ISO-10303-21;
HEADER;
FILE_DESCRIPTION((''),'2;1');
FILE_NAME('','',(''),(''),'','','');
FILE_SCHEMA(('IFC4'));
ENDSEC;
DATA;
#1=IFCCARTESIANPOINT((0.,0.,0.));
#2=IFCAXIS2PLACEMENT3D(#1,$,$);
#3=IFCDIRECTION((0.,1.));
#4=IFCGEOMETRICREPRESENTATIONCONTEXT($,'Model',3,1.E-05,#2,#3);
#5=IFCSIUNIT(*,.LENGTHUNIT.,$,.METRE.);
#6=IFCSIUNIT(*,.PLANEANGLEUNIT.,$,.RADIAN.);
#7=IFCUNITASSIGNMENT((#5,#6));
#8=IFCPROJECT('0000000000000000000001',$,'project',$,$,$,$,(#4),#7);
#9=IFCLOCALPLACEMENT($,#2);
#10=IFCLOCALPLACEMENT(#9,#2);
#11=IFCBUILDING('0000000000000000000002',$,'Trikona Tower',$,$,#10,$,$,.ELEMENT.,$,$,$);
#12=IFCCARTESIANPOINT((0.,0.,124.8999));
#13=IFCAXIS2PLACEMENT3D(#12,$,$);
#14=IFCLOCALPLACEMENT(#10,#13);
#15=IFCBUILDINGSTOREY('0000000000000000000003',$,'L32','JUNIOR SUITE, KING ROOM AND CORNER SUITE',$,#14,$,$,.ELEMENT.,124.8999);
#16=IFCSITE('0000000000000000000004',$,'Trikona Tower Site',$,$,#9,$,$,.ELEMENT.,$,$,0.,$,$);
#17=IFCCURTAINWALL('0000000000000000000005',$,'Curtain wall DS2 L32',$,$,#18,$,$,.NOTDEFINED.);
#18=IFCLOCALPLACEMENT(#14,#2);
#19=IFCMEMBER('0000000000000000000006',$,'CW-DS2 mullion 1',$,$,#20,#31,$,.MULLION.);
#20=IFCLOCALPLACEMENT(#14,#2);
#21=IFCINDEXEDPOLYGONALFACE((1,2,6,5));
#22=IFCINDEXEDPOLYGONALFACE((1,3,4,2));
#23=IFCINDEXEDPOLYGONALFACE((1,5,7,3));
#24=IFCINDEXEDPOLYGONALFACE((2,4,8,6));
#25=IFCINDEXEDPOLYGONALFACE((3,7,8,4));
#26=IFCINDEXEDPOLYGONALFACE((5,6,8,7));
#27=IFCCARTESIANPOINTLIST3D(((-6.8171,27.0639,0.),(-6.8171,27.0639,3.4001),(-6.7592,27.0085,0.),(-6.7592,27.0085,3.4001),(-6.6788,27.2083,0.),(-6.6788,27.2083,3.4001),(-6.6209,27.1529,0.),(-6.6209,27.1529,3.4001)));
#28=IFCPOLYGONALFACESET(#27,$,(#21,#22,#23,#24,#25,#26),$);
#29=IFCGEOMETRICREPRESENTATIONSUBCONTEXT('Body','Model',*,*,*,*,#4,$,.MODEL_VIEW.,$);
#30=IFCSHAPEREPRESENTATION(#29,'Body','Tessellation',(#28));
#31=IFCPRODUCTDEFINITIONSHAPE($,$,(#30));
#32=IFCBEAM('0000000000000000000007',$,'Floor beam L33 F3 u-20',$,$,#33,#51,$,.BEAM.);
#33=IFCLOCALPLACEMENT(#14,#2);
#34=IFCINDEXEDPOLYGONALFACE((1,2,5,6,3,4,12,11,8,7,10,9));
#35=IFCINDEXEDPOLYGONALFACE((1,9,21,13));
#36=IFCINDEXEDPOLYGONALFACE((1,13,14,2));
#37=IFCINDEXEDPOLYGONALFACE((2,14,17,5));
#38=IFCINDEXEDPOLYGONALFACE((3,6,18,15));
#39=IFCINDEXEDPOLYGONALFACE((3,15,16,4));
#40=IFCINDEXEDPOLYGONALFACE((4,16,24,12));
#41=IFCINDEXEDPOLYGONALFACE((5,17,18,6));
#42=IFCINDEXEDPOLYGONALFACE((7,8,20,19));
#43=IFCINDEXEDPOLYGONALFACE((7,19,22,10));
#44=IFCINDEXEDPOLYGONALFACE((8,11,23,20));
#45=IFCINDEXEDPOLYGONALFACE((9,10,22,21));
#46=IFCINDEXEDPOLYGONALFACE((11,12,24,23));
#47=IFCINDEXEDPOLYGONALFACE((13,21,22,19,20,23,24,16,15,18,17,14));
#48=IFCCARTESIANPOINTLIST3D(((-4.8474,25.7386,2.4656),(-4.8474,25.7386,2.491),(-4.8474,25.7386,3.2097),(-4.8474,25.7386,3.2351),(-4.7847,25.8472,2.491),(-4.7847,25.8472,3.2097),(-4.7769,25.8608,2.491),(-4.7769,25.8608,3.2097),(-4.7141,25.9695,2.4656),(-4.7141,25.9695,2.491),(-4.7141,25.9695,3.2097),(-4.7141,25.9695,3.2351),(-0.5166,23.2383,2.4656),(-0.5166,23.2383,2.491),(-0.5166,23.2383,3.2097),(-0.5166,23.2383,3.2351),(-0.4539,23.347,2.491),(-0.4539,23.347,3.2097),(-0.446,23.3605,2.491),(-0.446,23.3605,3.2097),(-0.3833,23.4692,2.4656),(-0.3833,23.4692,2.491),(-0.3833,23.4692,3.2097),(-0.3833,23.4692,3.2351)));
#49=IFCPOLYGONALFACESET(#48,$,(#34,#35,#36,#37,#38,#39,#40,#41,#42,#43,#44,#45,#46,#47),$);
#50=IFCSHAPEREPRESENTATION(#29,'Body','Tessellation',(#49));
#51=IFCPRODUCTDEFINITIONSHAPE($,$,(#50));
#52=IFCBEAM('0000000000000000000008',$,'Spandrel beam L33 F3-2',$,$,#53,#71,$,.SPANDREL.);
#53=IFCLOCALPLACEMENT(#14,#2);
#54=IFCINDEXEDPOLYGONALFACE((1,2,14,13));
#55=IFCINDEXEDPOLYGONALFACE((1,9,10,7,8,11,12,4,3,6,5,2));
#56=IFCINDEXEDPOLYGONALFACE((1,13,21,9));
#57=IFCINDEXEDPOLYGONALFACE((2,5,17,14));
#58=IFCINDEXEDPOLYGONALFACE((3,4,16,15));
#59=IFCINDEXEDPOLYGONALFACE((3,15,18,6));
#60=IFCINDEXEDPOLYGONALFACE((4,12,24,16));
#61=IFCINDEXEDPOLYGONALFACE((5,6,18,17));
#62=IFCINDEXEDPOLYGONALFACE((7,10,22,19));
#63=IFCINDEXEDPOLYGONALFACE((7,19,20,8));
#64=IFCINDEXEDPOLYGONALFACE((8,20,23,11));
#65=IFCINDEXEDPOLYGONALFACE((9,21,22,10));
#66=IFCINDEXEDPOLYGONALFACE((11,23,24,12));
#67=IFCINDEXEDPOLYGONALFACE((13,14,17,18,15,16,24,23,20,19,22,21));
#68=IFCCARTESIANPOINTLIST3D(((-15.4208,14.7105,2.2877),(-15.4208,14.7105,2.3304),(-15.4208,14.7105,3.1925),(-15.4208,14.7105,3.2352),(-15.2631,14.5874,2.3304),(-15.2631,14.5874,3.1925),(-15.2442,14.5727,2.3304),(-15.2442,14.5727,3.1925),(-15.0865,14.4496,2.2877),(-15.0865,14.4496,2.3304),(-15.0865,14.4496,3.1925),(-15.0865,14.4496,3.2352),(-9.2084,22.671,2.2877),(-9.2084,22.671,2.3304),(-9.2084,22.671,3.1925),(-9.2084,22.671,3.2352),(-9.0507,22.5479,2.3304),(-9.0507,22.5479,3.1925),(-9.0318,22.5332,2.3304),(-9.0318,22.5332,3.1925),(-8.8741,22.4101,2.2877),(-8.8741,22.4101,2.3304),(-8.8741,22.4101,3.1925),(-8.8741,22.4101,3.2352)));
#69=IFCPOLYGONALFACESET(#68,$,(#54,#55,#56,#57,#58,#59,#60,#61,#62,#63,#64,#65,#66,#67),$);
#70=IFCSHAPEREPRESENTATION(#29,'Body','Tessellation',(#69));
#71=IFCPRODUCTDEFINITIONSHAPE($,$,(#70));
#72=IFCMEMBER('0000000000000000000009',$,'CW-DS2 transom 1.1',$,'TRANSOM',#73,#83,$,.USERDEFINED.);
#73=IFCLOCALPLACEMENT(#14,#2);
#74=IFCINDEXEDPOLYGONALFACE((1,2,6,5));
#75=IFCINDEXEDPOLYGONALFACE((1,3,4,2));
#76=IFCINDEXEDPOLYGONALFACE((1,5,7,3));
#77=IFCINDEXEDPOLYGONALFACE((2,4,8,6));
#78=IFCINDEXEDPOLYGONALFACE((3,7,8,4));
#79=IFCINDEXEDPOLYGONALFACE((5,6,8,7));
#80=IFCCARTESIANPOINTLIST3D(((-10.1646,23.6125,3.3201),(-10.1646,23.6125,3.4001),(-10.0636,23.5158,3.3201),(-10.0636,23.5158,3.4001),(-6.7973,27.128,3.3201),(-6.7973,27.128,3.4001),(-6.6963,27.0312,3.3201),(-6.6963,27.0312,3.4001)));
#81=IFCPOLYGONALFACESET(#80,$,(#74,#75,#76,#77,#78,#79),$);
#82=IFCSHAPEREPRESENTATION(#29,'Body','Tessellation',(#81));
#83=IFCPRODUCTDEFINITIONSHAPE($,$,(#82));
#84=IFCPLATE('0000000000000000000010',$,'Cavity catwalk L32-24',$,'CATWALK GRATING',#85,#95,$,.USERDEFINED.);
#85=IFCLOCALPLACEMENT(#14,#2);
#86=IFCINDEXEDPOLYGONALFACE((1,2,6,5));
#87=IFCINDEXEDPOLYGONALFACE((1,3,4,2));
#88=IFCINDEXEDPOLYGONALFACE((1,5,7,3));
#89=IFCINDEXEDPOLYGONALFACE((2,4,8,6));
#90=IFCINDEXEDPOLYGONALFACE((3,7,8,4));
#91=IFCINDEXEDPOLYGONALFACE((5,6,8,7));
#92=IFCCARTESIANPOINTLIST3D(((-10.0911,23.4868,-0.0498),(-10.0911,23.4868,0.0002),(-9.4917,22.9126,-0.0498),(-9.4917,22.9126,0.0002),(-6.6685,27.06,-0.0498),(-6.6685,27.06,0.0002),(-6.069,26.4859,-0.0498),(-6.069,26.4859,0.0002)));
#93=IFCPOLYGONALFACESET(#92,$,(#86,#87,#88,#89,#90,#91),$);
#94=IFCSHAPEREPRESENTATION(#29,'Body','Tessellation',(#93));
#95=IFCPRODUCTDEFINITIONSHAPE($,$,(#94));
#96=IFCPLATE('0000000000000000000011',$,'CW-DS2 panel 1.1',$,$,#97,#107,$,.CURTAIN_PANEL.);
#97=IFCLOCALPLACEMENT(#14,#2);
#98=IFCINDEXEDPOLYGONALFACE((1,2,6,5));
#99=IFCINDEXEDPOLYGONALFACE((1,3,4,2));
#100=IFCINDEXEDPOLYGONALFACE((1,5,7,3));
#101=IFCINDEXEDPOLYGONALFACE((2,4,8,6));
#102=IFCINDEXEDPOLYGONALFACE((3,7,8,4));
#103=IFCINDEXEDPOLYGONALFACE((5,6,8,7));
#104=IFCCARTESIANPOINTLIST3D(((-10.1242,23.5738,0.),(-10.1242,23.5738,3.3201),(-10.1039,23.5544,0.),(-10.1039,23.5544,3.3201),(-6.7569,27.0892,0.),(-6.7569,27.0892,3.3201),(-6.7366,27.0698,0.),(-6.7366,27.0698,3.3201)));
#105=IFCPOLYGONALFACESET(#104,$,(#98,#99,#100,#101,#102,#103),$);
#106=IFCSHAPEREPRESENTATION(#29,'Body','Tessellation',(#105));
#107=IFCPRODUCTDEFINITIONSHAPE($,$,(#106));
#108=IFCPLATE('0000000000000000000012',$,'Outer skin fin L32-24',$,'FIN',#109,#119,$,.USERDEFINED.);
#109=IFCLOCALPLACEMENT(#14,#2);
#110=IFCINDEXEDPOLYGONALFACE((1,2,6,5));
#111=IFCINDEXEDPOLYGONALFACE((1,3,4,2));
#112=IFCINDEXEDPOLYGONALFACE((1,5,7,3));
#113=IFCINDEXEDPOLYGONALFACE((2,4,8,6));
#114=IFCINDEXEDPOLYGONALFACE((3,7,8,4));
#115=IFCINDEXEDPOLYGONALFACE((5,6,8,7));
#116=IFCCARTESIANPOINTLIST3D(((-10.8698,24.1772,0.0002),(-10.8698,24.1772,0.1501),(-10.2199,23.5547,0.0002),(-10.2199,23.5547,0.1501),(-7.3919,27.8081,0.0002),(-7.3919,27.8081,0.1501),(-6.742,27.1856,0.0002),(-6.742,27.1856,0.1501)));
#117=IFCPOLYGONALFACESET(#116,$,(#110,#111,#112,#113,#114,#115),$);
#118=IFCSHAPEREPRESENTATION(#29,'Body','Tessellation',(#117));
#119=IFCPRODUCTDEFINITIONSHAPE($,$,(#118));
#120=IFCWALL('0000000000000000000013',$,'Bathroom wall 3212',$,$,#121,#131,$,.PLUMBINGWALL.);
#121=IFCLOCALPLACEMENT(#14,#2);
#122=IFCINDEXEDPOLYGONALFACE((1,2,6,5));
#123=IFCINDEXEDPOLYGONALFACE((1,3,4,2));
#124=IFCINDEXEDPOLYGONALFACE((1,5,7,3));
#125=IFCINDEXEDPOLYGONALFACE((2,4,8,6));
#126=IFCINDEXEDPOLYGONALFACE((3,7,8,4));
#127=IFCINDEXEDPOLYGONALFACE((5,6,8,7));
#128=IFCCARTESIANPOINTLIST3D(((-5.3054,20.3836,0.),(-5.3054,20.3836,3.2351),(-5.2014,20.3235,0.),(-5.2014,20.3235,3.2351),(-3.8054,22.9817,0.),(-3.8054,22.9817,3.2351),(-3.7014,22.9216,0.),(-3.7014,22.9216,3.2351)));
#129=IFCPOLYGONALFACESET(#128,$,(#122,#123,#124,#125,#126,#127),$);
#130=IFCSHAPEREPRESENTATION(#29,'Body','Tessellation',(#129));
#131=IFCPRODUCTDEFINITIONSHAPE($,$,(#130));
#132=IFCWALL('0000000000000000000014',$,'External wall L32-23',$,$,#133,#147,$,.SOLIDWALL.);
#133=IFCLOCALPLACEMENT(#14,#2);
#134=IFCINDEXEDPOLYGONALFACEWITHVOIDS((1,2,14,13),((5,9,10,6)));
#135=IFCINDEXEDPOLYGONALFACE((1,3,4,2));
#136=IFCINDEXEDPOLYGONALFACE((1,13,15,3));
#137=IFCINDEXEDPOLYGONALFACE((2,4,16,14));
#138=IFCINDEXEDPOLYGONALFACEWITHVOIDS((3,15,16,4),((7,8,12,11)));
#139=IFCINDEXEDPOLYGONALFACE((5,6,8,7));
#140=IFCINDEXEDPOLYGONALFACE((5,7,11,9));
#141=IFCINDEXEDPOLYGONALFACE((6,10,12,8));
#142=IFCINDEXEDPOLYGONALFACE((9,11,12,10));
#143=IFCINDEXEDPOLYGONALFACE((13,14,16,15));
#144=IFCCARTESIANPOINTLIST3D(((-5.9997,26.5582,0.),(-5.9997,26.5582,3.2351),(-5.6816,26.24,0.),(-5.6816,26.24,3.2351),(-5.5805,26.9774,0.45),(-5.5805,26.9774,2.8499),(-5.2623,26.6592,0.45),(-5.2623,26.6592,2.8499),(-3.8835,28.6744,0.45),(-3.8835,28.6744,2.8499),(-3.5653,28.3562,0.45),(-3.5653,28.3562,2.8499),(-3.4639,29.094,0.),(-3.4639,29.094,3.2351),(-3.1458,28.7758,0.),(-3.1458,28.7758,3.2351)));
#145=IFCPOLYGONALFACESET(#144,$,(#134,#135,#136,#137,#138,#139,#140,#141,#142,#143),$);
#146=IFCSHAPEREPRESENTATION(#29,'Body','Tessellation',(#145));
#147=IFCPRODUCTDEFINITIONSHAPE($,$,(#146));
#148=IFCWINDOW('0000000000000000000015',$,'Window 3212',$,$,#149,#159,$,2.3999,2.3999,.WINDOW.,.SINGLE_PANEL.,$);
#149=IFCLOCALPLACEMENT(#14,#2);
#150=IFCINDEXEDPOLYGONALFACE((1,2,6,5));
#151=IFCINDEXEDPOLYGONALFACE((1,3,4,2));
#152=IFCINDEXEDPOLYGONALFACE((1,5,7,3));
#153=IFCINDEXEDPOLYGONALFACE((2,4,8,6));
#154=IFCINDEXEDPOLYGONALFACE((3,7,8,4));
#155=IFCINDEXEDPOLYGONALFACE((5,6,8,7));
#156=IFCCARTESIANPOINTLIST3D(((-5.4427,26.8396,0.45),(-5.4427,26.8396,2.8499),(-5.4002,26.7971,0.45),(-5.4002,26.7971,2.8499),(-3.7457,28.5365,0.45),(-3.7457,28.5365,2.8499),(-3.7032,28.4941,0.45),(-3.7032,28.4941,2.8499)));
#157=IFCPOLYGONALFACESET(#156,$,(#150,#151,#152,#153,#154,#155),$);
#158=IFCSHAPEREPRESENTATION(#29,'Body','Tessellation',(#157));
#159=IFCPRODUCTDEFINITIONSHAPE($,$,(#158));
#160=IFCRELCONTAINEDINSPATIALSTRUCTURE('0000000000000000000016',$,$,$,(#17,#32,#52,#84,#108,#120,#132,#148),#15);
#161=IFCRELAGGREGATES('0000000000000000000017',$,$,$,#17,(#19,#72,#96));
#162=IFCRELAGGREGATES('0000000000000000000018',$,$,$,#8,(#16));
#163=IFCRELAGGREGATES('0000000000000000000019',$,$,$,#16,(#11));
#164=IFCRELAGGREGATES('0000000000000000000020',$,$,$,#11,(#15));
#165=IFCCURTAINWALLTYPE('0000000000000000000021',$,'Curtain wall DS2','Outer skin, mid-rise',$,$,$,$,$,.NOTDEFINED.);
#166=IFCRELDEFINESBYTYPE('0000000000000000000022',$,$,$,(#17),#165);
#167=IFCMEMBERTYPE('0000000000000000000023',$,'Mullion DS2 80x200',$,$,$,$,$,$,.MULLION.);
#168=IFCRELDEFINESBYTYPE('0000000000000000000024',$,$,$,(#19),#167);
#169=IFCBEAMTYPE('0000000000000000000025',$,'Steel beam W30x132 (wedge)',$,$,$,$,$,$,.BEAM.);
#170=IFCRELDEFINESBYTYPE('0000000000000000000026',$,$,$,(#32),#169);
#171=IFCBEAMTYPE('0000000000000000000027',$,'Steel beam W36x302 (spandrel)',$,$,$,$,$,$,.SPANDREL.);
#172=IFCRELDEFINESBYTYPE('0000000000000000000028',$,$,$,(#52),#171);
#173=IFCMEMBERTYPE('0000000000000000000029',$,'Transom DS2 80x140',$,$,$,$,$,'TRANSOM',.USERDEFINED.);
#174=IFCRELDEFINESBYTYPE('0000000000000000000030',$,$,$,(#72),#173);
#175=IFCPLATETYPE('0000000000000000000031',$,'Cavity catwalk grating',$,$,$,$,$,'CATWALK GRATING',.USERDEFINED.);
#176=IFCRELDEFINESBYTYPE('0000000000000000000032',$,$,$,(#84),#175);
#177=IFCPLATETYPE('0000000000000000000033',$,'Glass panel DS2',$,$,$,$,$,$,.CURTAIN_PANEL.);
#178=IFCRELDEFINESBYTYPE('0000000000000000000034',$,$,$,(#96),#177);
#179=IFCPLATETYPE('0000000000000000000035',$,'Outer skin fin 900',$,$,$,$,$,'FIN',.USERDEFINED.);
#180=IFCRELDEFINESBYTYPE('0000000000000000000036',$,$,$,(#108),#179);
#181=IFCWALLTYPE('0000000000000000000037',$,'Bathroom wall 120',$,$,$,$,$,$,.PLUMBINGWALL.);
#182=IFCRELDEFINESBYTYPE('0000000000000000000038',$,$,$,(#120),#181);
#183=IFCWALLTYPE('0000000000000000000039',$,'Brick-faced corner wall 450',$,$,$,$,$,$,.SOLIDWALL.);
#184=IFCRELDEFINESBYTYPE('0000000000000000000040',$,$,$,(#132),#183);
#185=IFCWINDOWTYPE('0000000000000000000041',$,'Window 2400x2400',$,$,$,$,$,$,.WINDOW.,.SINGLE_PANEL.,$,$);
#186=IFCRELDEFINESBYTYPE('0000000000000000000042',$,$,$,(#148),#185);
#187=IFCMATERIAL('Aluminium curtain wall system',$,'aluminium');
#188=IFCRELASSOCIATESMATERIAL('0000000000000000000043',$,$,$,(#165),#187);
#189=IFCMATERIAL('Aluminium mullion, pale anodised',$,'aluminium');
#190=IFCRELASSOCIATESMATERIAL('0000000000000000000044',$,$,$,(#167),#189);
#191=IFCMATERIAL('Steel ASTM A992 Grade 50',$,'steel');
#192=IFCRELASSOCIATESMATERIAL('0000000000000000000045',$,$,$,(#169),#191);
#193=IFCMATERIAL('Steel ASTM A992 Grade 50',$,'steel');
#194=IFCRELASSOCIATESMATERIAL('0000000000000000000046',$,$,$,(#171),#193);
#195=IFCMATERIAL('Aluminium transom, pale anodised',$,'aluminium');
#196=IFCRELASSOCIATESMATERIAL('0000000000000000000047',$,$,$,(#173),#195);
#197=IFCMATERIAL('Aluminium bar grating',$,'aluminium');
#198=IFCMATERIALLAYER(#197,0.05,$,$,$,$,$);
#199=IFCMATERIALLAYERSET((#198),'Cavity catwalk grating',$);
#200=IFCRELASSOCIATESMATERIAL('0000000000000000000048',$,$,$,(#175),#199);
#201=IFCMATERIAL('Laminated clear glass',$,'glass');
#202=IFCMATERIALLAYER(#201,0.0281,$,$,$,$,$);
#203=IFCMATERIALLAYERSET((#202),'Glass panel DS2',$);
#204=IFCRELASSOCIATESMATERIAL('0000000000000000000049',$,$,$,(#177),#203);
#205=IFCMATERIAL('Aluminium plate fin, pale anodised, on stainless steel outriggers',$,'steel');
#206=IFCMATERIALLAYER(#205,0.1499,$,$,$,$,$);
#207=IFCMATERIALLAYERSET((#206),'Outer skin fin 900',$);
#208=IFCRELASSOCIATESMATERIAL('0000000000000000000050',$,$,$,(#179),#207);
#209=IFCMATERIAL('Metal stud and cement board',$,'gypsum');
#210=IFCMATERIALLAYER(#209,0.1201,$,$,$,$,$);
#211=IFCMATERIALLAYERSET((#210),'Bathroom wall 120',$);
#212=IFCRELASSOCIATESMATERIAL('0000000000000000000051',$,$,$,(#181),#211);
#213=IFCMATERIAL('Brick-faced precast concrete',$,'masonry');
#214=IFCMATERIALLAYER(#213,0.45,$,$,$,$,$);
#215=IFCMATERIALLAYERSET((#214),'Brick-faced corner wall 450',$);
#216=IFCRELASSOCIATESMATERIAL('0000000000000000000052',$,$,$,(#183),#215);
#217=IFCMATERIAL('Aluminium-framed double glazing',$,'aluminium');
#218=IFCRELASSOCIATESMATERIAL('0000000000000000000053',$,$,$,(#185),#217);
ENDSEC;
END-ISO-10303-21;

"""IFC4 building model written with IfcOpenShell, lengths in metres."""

from ifc_helpers import new_model, si_unit, direction, frame, frame_2d, origin, origin_2d, place, context, subcontext, project, spatial, rectangle, i_section, extrude, material, layer, layer_set, material_profile, profile_set, type_object, element, fill, aggregate, save


model = new_model("IFC4")

# Units and contexts
model_context = context("Model", 3, precision=1e-05, world=origin(), true_north=direction((0.0, 1.0)))
body_context = subcontext(model_context, "Body", "Model", "MODEL_VIEW")
ifc_project = project(units=[si_unit("LENGTHUNIT", "METRE"), si_unit("PLANEANGLEUNIT", "RADIAN")], contexts=[model_context])

# Site, building, storey
site_placement = place(None, origin())
site = spatial("IfcSite", under=ifc_project, at=site_placement, Name="Trikona Tower Site", CompositionType="ELEMENT", RefElevation=0.0)
building_placement = place(site_placement, origin())
building = spatial("IfcBuilding", under=site, at=building_placement, Name="Trikona Tower", CompositionType="ELEMENT")
storey_placement = place(building_placement, frame((0.0, 0.0, 124.8999)))
storey = spatial("IfcBuildingStorey", under=building, at=storey_placement, Name="L32", Description="JUNIOR SUITE, KING ROOM AND CORNER SUITE", CompositionType="ELEMENT", Elevation=124.8999)

# Curtain wall, member
ifc_material_1 = material(Name="Aluminium curtain wall system", Category="aluminium")
curtain_wall_type = type_object("IfcCurtainWallType", Name="Curtain wall DS2", Description="Outer skin, mid-rise", PredefinedType="NOTDEFINED", material=ifc_material_1)
curtain_wall_placement = place(storey_placement, origin())
curtain_wall = element("IfcCurtainWall", 1, at=curtain_wall_placement, inside=storey, type_object=curtain_wall_type, Name="Curtain wall DS2 L32", PredefinedType="NOTDEFINED")
ifc_material_2 = material(Name="Aluminium mullion, pale anodised", Category="aluminium")
ifc_material_profile_1 = material_profile(ifc_material_2, rectangle(XDim=0.0801, YDim=0.2, at=origin_2d()), Name="MUL-DS2")
ifc_profile_set_1 = profile_set([ifc_material_profile_1], Name="Aluminium mullion, pale anodised")
member_type_1 = type_object("IfcMemberType", Name="Mullion DS2 80x200", PredefinedType="MULLION", material=ifc_profile_set_1)
member_1_placement = place(storey_placement, frame((-6.719, 27.1084, 0.0), z_axis=(0.0, 0.0, 1.0), x_axis=(0.722158, -0.691728, 0.0)))
member_1 = element("IfcMember", 2, at=member_1_placement, type_object=member_type_1, Name="CW-DS2 mullion 1", PredefinedType="MULLION", context=body_context, shape_type="SweptSolid", body=[
    extrude(rectangle(XDim=0.0801, YDim=0.2, at=origin_2d()), origin(), (0.0, 0.0, 1.0), 3.4001),
])

# Beams
ifc_material_3 = material(Name="Steel ASTM A992 Grade 50", Category="steel")
ifc_material_profile_2 = material_profile(ifc_material_3, i_section(OverallWidth=0.2666, OverallDepth=0.7695, WebThickness=0.0156, FlangeThickness=0.0254, at=origin_2d()), Name="W30X132")
ifc_profile_set_2 = profile_set([ifc_material_profile_2], Name="Steel ASTM A992 Grade 50")
beam_type_1 = type_object("IfcBeamType", Name="Steel beam W30x132 (wedge)", PredefinedType="BEAM", material=ifc_profile_set_2)
beam_1_placement = place(storey_placement, frame((-0.45, 23.3538, 2.8503), z_axis=(-0.866038, 0.499977, 0.0), x_axis=(-0.499977, -0.866038, 0.0)))
element("IfcBeam", 3, at=beam_1_placement, inside=storey, type_object=beam_type_1, Name="Floor beam L33 F3 u-20", PredefinedType="BEAM", context=body_context, shape_type="SweptSolid", body=[
    extrude(i_section(OverallWidth=0.2666, OverallDepth=0.7695, WebThickness=0.0156, FlangeThickness=0.0254, at=origin_2d()), origin(), (0.0, 0.0, 1.0), 5.0007),
])
ifc_material_4 = material(Name="Steel ASTM A992 Grade 50", Category="steel")
ifc_material_profile_3 = material_profile(ifc_material_4, i_section(OverallWidth=0.4241, OverallDepth=0.9475, WebThickness=0.0239, FlangeThickness=0.0427, at=origin_2d()), Name="W36X302")
ifc_profile_set_3 = profile_set([ifc_material_profile_3], Name="Steel ASTM A992 Grade 50")
beam_type_2 = type_object("IfcBeamType", Name="Steel beam W36x302 (spandrel)", PredefinedType="SPANDREL", material=ifc_profile_set_3)
beam_2_placement = place(storey_placement, frame((-9.0413, 22.5405, 2.7615), z_axis=(-0.615232, -0.788346, 0.0), x_axis=(0.788346, -0.615232, 0.0)))
element("IfcBeam", 4, at=beam_2_placement, inside=storey, type_object=beam_type_2, Name="Spandrel beam L33 F3-2", PredefinedType="SPANDREL", context=body_context, shape_type="SweptSolid", body=[
    extrude(i_section(OverallWidth=0.4241, OverallDepth=0.9475, WebThickness=0.0239, FlangeThickness=0.0427, at=origin_2d()), origin(), (0.0, 0.0, 1.0), 10.0977),
])

# Member
ifc_material_5 = material(Name="Aluminium transom, pale anodised", Category="aluminium")
ifc_material_profile_4 = material_profile(ifc_material_5, rectangle(XDim=0.1399, YDim=0.0801, at=origin_2d()), Name="TRN-DS2")
ifc_profile_set_4 = profile_set([ifc_material_profile_4], Name="Aluminium transom, pale anodised")
member_type_2 = type_object("IfcMemberType", Name="Transom DS2 80x140", ElementType="TRANSOM", PredefinedType="USERDEFINED", material=ifc_profile_set_4)
member_2_placement = place(storey_placement, frame((-6.7468, 27.0796, 3.3601), z_axis=(-0.691721, -0.722165, 0.0), x_axis=(0.722165, -0.691721, 0.0)))
member_2 = element("IfcMember", 5, at=member_2_placement, type_object=member_type_2, Name="CW-DS2 transom 1.1", ObjectType="TRANSOM", PredefinedType="USERDEFINED", context=body_context, shape_type="SweptSolid", body=[
    extrude(rectangle(XDim=0.1399, YDim=0.0801, at=origin_2d()), origin(), (0.0, 0.0, 1.0), 4.8679),
])

# Plates
ifc_material_6 = material(Name="Aluminium bar grating", Category="aluminium")
ifc_layer_1 = layer(ifc_material_6, 0.05)
ifc_layer_set_1 = layer_set([ifc_layer_1], Name="Cavity catwalk grating")
plate_type_1 = type_object("IfcPlateType", Name="Cavity catwalk grating", ElementType="CATWALK GRATING", PredefinedType="USERDEFINED", material=ifc_layer_set_1)
plate_1_placement = place(storey_placement, frame((-8.0801, 24.9863, -0.0498), z_axis=(0.0, 0.0, 1.0), x_axis=(-0.691724, -0.722162, 0.0)))
element("IfcPlate", 6, at=plate_1_placement, inside=storey, type_object=plate_type_1, Name="Cavity catwalk L32-24", ObjectType="CATWALK GRATING", PredefinedType="USERDEFINED", context=body_context, shape_type="SweptSolid", body=[
    extrude(rectangle(XDim=4.948, YDim=0.8301, at=origin_2d()), origin(), (0.0, 0.0, 1.0), 0.05),
])
ifc_material_7 = material(Name="Laminated clear glass", Category="glass")
ifc_layer_2 = layer(ifc_material_7, 0.0281)
ifc_layer_set_2 = layer_set([ifc_layer_2], Name="Glass panel DS2")
plate_type_2 = type_object("IfcPlateType", Name="Glass panel DS2", PredefinedType="CURTAIN_PANEL", material=ifc_layer_set_2)
plate_2_placement = place(storey_placement, frame((-8.4304, 25.3218, 0.0), z_axis=(0.0, 0.0, 1.0), x_axis=(-0.691728, -0.722158, 0.0)))
plate_2 = element("IfcPlate", 7, at=plate_2_placement, type_object=plate_type_2, Name="CW-DS2 panel 1.1", PredefinedType="CURTAIN_PANEL", context=body_context, shape_type="SweptSolid", body=[
    extrude(rectangle(XDim=4.8679, YDim=0.0281, at=origin_2d()), origin(), (0.0, 0.0, 1.0), 3.3201),
])
aggregate(curtain_wall, [member_1, member_2, plate_2])
ifc_material_8 = material(Name="Aluminium plate fin, pale anodised, on stainless steel outriggers", Category="steel")
ifc_layer_3 = layer(ifc_material_8, 0.1499)
ifc_layer_set_3 = layer_set([ifc_layer_3], Name="Outer skin fin 900")
plate_type_3 = type_object("IfcPlateType", Name="Outer skin fin 900", ElementType="FIN", PredefinedType="USERDEFINED", material=ifc_layer_set_3)
plate_3_placement = place(storey_placement, frame((-8.8059, 25.6814, 0.0002), z_axis=(0.0, 0.0, 1.0), x_axis=(-0.691724, -0.722162, 0.0)))
element("IfcPlate", 8, at=plate_3_placement, inside=storey, type_object=plate_type_3, Name="Outer skin fin L32-24", ObjectType="FIN", PredefinedType="USERDEFINED", context=body_context, shape_type="SweptSolid", body=[
    extrude(rectangle(XDim=5.0278, YDim=0.8999, at=origin_2d()), origin(), (0.0, 0.0, 1.0), 0.1499),
])

# Wall
ifc_material_9 = material(Name="Metal stud and cement board", Category="gypsum")
ifc_layer_4 = layer(ifc_material_9, 0.1201)
ifc_layer_set_4 = layer_set([ifc_layer_4], Name="Bathroom wall 120")
wall_type_1 = type_object("IfcWallType", Name="Bathroom wall 120", PredefinedType="PLUMBINGWALL", material=ifc_layer_set_4)
wall_1_placement = place(storey_placement, frame((-3.7534, 22.9517, 0.0), z_axis=(0.0, 0.0, 1.0), x_axis=(-0.49999, -0.866031, 0.0)))
element("IfcWall", 9, at=wall_1_placement, inside=storey, type_object=wall_type_1, Name="Bathroom wall 3212", PredefinedType="PLUMBINGWALL", context=body_context, shape_type="SweptSolid", body=[
    extrude(rectangle(XDim=3.0, YDim=0.1201, at=frame_2d((1.5, 0.0))), origin(), (0.0, 0.0, 1.0), 3.2351),
])

# Wall, opening, window
ifc_material_10 = material(Name="Brick-faced precast concrete", Category="masonry")
ifc_layer_5 = layer(ifc_material_10, 0.45)
ifc_layer_set_5 = layer_set([ifc_layer_5], Name="Brick-faced corner wall 450")
wall_type_2 = type_object("IfcWallType", Name="Brick-faced corner wall 450", PredefinedType="SOLIDWALL", material=ifc_layer_set_5)
wall_2_placement = place(storey_placement, frame((-3.3049, 28.9348, 0.0), z_axis=(0.0, 0.0, 1.0), x_axis=(-0.707107, -0.707107, 0.0)))
wall_2 = element("IfcWall", 10, at=wall_2_placement, inside=storey, type_object=wall_type_2, Name="External wall L32-23", PredefinedType="SOLIDWALL", context=body_context, shape_type="SweptSolid", body=[
    extrude(rectangle(XDim=3.5862, YDim=0.45, at=frame_2d((1.793, 0.0))), origin(), (0.0, 0.0, 1.0), 3.2351),
])
opening_1_placement = place(wall_2_placement, frame((0.5933, 0.0, 0.45)))
opening_1 = element("IfcOpeningElement", 11, at=opening_1_placement, cuts=wall_2, PredefinedType="OPENING", context=body_context, shape_type="SweptSolid", body=[
    extrude(rectangle(XDim=2.3999, YDim=2.3999, at=frame_2d((1.2, 1.2))), frame((0.0, 0.2349, 0.0), z_axis=(0.0, -1.0, 0.0), x_axis=(1.0, 0.0, 0.0)), (0.0, 0.0, 1.0), 0.47),
])
ifc_material_11 = material(Name="Aluminium-framed double glazing", Category="aluminium")
window_type_1 = type_object("IfcWindowType", Name="Window 2400x2400", PartitioningType="SINGLE_PANEL", PredefinedType="WINDOW", material=ifc_material_11)
window_1_placement = place(opening_1_placement, origin())
window_1 = element("IfcWindow", 12, at=window_1_placement, inside=storey, type_object=window_type_1, Name="Window 3212", OverallHeight=2.3999, OverallWidth=2.3999, PartitioningType="SINGLE_PANEL", PredefinedType="WINDOW", context=body_context, shape_type="SweptSolid", body=[
    extrude(rectangle(XDim=2.3999, YDim=2.3999, at=frame_2d((1.2, 1.2))), frame((0.0, 0.03, 0.0), z_axis=(0.0, -1.0, 0.0), x_axis=(1.0, 0.0, 0.0)), (0.0, 0.0, 1.0), 0.0601),
])
fill(opening_1, window_1)

save(model, "model.ifc")
